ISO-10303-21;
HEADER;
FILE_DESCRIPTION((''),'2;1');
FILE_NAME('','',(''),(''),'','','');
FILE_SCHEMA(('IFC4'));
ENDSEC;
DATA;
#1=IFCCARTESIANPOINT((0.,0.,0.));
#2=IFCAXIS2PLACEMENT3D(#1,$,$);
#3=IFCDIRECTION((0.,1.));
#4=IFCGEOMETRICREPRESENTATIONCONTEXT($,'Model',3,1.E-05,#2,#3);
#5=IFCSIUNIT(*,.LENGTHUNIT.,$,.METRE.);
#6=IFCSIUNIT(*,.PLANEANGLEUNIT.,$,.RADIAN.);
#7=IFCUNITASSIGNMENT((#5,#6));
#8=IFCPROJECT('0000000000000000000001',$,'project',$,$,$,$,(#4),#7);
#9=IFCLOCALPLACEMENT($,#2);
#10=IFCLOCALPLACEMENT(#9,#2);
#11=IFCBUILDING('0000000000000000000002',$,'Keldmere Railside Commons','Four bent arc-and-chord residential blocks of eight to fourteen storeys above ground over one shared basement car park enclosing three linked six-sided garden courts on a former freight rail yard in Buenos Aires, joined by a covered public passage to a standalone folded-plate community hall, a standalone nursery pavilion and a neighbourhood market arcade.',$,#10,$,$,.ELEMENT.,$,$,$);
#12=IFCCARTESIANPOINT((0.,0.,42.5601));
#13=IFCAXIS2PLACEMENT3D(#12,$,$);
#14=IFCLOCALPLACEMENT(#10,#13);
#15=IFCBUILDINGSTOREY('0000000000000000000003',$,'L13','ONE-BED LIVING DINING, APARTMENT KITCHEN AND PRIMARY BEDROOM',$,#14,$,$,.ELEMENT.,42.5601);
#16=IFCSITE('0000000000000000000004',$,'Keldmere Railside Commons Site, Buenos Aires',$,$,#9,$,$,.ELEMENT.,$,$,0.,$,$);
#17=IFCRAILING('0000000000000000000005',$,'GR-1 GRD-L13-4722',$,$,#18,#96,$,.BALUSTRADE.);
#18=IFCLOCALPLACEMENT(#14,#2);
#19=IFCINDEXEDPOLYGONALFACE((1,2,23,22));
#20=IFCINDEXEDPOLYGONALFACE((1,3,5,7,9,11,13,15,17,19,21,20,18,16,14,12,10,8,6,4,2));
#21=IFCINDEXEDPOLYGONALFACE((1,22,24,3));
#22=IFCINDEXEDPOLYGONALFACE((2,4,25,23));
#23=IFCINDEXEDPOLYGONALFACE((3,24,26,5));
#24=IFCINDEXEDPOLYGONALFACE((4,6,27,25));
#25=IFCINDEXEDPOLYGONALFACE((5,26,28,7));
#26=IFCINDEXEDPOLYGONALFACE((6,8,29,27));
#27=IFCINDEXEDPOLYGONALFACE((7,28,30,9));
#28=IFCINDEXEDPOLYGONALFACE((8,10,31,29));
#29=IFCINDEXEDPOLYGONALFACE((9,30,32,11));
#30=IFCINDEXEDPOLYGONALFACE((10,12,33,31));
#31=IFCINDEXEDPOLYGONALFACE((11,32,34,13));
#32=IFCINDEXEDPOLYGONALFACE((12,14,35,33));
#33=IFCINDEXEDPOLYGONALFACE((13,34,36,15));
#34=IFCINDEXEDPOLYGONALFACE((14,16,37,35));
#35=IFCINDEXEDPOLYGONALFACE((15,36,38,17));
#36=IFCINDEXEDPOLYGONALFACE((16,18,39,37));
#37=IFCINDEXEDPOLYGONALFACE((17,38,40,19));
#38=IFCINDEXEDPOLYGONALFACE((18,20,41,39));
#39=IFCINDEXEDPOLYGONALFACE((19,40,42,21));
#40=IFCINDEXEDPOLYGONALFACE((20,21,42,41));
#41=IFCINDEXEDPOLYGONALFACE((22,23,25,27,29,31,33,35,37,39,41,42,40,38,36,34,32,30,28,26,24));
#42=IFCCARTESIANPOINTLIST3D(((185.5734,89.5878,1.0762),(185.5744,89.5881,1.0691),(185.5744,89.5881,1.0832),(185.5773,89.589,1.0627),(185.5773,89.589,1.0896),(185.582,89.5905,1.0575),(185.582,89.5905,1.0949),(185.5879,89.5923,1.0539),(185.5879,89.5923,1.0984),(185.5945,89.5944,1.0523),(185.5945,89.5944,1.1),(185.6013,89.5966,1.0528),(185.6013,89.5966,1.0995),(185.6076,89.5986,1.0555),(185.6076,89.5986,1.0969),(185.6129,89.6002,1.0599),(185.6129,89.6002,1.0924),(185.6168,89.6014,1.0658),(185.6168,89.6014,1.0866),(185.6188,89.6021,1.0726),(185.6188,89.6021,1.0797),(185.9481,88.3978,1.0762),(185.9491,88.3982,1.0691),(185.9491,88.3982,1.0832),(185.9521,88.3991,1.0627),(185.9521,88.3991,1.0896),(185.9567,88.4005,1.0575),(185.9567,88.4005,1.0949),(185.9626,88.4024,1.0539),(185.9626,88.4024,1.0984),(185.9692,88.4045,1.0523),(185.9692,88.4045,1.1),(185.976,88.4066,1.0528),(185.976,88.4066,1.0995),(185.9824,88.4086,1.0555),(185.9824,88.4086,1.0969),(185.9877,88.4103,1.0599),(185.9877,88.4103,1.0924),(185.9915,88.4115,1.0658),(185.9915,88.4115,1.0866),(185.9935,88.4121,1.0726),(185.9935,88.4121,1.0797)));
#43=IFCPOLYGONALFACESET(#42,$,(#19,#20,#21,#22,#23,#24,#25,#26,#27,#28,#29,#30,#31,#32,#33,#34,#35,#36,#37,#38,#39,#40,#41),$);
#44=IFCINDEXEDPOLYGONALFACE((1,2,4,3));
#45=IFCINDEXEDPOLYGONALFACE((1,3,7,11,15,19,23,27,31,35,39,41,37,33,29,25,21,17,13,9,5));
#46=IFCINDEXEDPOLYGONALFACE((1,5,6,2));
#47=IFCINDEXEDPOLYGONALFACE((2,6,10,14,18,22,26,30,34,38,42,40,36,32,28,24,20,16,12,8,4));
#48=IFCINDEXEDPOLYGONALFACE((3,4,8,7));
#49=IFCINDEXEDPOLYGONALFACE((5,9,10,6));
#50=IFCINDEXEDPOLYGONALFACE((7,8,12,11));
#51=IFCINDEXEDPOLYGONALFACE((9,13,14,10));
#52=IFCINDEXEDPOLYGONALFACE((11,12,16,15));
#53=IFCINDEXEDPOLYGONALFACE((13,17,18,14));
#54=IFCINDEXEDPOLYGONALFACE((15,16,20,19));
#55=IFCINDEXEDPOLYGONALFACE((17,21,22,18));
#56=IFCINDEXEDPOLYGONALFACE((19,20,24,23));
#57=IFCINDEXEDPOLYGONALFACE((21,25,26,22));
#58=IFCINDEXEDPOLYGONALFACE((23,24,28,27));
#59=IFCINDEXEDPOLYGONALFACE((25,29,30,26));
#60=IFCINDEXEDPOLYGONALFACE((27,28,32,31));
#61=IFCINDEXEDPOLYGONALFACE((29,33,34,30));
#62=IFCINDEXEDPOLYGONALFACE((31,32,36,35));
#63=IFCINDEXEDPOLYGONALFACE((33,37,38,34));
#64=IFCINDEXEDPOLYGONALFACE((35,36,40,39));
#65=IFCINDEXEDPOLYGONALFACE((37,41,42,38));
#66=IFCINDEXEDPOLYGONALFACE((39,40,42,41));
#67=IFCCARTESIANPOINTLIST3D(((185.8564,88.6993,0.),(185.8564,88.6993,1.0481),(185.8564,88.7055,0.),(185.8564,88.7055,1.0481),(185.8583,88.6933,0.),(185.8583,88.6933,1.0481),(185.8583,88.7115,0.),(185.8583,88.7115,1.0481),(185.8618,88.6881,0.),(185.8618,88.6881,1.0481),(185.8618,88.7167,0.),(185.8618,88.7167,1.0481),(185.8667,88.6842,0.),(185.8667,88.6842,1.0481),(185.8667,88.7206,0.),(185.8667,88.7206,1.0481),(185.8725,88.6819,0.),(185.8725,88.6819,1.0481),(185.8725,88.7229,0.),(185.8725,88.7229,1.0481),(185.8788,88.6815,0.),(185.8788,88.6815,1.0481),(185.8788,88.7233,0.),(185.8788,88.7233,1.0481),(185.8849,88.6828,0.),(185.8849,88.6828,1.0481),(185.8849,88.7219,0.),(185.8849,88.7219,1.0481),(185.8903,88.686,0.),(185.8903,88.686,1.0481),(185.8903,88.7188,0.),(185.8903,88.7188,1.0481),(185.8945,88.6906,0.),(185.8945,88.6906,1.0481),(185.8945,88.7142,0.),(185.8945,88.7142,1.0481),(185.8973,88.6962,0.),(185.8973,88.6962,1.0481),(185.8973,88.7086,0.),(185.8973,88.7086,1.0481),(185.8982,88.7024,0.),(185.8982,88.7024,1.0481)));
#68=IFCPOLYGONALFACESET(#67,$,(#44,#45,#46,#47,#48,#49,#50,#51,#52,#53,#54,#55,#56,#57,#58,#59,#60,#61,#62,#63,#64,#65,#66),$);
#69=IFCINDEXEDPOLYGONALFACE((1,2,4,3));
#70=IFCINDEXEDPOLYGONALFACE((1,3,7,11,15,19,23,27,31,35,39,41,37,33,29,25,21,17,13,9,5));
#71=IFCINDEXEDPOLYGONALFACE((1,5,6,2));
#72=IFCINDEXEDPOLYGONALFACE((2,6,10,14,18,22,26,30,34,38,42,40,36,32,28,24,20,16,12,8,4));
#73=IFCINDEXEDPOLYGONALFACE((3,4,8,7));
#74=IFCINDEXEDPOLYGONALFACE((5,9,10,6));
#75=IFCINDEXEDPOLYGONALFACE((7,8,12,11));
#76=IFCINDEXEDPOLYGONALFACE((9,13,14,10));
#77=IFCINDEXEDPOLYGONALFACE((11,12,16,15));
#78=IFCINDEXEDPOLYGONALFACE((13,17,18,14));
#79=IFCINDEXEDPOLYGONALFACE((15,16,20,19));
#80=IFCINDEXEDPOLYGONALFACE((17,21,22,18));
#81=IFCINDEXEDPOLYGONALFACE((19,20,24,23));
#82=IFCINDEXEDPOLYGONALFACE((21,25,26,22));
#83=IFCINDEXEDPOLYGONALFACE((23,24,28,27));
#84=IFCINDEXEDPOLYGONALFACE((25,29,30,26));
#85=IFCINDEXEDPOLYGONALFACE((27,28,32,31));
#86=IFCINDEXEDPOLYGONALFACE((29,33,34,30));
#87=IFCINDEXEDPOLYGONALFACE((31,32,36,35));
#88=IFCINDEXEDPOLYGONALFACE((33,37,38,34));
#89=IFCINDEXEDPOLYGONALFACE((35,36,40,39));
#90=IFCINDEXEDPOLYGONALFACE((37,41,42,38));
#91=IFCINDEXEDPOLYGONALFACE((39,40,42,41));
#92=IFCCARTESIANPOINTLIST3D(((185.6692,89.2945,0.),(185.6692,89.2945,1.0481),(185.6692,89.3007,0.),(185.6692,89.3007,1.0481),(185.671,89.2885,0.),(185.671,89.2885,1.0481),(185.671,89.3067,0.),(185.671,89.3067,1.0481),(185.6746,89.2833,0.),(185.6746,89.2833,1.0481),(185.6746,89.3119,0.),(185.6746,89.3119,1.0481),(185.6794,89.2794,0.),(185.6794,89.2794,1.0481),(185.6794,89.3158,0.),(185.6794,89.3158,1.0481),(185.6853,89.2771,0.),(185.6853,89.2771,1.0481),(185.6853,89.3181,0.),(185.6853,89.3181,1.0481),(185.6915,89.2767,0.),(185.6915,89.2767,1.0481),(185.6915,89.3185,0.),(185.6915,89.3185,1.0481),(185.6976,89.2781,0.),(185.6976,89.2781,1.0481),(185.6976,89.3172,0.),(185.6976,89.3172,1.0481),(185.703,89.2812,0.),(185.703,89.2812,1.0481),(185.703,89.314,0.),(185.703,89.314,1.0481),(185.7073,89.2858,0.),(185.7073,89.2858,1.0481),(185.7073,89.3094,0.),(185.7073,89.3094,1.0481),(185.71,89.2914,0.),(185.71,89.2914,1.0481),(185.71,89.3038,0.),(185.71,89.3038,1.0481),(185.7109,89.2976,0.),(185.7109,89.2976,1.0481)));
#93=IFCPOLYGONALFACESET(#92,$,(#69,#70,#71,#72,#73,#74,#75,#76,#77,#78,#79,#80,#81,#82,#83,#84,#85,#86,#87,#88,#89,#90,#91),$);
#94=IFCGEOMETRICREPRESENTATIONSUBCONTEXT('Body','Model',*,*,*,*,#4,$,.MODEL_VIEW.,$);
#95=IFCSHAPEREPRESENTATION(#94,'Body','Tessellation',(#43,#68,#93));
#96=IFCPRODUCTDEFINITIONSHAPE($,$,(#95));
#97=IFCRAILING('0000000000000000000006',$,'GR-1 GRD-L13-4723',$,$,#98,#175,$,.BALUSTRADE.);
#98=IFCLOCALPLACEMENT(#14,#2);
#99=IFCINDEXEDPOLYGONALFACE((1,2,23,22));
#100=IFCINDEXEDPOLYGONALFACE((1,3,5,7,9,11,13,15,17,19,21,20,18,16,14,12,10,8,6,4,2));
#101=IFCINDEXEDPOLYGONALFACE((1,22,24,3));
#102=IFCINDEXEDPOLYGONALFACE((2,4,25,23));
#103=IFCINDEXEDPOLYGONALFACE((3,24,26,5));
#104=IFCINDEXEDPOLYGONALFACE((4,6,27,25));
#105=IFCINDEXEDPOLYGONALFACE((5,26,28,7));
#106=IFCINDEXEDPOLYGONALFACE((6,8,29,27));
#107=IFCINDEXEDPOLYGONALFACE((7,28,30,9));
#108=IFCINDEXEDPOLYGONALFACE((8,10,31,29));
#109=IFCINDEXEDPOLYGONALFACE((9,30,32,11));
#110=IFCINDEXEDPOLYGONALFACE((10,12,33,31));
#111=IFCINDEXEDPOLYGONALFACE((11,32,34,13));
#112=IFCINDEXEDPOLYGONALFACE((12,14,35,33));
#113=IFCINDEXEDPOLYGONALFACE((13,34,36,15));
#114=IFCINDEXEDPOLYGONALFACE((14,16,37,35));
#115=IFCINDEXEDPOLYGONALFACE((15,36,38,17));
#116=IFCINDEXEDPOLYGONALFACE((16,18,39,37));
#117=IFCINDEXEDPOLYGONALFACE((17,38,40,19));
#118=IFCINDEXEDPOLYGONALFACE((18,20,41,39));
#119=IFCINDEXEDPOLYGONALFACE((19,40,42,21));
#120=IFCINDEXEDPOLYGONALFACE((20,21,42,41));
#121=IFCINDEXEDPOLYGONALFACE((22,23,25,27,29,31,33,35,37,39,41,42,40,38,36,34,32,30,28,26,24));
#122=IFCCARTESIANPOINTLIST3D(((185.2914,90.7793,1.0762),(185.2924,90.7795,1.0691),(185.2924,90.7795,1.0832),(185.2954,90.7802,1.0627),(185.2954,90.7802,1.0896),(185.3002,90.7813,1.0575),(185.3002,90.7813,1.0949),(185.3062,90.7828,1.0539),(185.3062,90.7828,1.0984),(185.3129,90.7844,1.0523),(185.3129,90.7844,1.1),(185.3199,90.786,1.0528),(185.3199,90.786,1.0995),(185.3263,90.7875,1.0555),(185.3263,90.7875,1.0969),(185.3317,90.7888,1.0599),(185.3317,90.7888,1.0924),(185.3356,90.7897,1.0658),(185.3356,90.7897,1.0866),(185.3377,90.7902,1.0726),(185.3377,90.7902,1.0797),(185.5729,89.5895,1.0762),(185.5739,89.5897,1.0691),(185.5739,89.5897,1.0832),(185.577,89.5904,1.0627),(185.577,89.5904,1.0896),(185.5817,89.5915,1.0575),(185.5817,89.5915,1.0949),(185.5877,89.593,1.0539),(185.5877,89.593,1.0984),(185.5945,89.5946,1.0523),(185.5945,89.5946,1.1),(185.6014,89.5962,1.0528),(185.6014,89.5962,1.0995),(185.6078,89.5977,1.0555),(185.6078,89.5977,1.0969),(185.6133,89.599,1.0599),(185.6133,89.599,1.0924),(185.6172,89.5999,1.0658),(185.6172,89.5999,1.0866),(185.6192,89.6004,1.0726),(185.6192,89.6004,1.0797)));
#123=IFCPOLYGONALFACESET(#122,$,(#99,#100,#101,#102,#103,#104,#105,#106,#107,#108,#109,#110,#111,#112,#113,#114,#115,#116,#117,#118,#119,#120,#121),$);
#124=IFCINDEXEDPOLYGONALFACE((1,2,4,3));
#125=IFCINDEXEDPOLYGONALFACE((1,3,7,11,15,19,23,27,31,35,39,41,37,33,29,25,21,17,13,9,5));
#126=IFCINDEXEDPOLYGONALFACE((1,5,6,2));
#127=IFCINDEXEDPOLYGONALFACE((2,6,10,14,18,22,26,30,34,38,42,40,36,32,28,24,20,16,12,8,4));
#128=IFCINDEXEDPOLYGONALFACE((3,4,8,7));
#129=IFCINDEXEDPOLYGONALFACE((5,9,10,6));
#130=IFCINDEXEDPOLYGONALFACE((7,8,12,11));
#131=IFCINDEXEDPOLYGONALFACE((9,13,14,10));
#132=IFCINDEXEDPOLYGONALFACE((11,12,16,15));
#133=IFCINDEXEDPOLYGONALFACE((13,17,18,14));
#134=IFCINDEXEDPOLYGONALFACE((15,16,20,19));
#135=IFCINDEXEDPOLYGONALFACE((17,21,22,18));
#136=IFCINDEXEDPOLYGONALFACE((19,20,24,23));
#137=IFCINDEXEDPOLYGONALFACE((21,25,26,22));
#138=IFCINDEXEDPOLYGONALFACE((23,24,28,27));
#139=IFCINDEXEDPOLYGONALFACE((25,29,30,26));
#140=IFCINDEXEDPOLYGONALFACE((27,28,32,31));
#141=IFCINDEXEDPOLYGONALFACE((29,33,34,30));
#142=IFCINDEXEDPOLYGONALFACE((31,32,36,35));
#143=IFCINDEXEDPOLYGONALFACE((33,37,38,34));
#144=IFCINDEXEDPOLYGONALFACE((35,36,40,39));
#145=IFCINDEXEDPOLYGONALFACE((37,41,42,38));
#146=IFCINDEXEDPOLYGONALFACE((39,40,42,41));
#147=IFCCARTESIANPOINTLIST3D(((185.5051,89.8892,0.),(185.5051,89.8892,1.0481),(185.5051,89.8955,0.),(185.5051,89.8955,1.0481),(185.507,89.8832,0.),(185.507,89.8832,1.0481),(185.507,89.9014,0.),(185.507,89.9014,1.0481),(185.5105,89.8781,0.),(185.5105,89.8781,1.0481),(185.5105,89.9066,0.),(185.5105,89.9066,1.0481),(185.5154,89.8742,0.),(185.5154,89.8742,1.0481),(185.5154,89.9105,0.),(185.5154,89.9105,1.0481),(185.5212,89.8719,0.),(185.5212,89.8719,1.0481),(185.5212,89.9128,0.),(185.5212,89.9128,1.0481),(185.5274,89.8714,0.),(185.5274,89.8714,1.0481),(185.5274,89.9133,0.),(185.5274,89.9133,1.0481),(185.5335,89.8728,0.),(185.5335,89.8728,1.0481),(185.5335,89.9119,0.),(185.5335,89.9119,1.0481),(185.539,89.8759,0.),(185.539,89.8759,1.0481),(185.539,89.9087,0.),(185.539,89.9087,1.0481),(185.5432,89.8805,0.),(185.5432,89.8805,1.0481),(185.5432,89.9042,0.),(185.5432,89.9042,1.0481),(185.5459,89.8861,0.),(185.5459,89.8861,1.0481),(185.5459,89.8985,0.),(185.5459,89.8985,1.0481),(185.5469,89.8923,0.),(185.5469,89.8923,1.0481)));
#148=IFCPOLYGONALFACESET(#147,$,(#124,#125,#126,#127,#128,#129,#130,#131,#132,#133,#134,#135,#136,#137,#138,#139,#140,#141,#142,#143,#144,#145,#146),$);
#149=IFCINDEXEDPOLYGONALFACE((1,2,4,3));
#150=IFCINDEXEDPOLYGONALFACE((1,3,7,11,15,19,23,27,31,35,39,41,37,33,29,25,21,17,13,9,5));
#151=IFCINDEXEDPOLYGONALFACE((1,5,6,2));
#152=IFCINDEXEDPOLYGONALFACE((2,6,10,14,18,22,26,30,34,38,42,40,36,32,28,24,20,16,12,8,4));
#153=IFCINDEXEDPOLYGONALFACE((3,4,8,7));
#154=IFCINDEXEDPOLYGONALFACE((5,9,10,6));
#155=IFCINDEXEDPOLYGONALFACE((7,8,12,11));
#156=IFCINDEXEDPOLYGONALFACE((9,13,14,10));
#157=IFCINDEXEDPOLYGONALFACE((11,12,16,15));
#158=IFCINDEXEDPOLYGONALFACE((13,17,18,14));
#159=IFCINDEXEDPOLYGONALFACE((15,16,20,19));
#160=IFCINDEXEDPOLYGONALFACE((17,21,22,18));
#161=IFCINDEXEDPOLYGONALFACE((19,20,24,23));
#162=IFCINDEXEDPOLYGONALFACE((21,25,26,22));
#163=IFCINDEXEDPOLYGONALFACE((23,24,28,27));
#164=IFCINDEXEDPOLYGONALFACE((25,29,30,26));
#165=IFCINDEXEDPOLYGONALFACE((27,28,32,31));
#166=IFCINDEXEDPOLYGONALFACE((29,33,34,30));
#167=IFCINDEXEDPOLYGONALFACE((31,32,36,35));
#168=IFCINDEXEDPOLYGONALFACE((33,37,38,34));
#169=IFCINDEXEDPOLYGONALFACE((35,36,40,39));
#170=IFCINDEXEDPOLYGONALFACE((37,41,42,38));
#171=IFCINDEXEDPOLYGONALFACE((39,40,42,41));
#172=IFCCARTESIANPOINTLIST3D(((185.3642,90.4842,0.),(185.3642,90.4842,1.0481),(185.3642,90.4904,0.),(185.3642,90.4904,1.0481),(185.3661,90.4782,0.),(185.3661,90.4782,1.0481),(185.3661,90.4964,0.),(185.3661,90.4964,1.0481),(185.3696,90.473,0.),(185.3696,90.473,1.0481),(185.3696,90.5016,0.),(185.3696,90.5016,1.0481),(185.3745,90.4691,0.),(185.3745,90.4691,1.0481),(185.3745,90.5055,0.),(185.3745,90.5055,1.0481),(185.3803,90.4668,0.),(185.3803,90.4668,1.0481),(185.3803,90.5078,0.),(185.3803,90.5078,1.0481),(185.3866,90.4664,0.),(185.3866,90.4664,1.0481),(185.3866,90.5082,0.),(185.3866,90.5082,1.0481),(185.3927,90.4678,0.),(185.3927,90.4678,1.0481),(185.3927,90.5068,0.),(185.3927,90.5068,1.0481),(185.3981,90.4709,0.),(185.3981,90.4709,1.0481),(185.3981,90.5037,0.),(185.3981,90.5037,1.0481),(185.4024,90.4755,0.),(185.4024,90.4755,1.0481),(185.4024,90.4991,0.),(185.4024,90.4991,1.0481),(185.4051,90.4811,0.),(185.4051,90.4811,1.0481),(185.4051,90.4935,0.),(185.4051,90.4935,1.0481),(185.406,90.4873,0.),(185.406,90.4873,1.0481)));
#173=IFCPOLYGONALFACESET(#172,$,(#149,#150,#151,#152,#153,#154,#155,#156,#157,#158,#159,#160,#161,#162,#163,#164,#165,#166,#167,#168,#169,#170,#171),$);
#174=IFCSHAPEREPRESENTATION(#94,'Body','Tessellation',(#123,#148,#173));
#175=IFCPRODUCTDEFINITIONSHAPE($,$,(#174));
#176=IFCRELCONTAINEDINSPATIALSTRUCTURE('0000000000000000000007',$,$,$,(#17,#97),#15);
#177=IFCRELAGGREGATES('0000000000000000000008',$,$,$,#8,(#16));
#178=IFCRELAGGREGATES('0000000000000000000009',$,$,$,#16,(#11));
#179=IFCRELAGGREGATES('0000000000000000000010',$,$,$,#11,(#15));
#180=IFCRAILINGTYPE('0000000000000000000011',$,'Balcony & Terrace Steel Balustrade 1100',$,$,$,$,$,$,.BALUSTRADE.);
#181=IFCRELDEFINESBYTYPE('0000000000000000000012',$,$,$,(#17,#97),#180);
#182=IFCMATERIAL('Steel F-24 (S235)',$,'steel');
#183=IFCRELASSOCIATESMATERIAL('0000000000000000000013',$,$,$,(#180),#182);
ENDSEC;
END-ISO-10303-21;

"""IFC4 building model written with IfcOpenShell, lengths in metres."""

from ifc_helpers import new_model, si_unit, direction, frame, origin, origin_2d, place, context, subcontext, project, spatial, circle, extrude, material, type_object, element, save


model = new_model("IFC4")

# Units and contexts
model_context = context("Model", 3, precision=1e-05, world=origin(), true_north=direction((0.0, 1.0)))
body_context = subcontext(model_context, "Body", "Model", "MODEL_VIEW")
ifc_project = project(units=[si_unit("LENGTHUNIT", "METRE"), si_unit("PLANEANGLEUNIT", "RADIAN")], contexts=[model_context])

# Site, building, storey
site_placement = place(None, origin())
site = spatial("IfcSite", under=ifc_project, at=site_placement, Name="Keldmere Railside Commons Site, Buenos Aires", CompositionType="ELEMENT", RefElevation=0.0)
building_placement = place(site_placement, origin())
building = spatial("IfcBuilding", under=site, at=building_placement, Name="Keldmere Railside Commons", Description="Four bent arc-and-chord residential blocks of eight to fourteen storeys above ground over one shared basement car park enclosing three linked six-sided garden courts on a former freight rail yard in Buenos Aires, joined by a covered public passage to a standalone folded-plate community hall, a standalone nursery pavilion and a neighbourhood market arcade.", CompositionType="ELEMENT")
storey_placement = place(building_placement, frame((0.0, 0.0, 42.5601)))
storey = spatial("IfcBuildingStorey", under=building, at=storey_placement, Name="L13", Description="ONE-BED LIVING DINING, APARTMENT KITCHEN AND PRIMARY BEDROOM", CompositionType="ELEMENT", Elevation=42.5601)

# Railings
ifc_material_1 = material(Name="Steel F-24 (S235)", Category="steel")
railing_type = type_object("IfcRailingType", Name="Balcony & Terrace Steel Balustrade 1100", PredefinedType="BALUSTRADE", material=ifc_material_1)
railing_1_placement = place(storey_placement, frame((185.9709, 88.405, 0.0)))
element("IfcRailing", 1, at=railing_1_placement, inside=storey, type_object=railing_type, Name="GR-1 GRD-L13-4722", PredefinedType="BALUSTRADE", context=body_context, shape_type="SweptSolid", body=[
    extrude(circle(Radius=0.0239, at=origin_2d()), frame((0.0, 0.0, 1.0762), z_axis=(-0.300391, 0.953816, 0.0), x_axis=(-0.953816, -0.300391, 0.0)), (0.0, 0.0, 1.0), 1.2476),
    extrude(circle(Radius=0.021, at=origin_2d()), frame((-0.0938, 0.2974, 0.0)), (0.0, 0.0, 1.0), 1.0481),
    extrude(circle(Radius=0.021, at=origin_2d()), frame((-0.281, 0.8926, 0.0)), (0.0, 0.0, 1.0), 1.0481),
])
railing_2_placement = place(storey_placement, frame((185.5962, 89.595, 0.0)))
element("IfcRailing", 2, at=railing_2_placement, inside=storey, type_object=railing_type, Name="GR-1 GRD-L13-4723", PredefinedType="BALUSTRADE", context=body_context, shape_type="SweptSolid", body=[
    extrude(circle(Radius=0.0239, at=origin_2d()), frame((0.0, 0.0, 1.0762), z_axis=(-0.230252, 0.973131, 0.0), x_axis=(-0.973131, -0.230252, 0.0)), (0.0, 0.0, 1.0), 1.2227),
    extrude(circle(Radius=0.021, at=origin_2d()), frame((-0.0703, 0.2974, 0.0)), (0.0, 0.0, 1.0), 1.0481),
    extrude(circle(Radius=0.021, at=origin_2d()), frame((-0.2112, 0.8923, 0.0)), (0.0, 0.0, 1.0), 1.0481),
])

save(model, "model.ifc")
